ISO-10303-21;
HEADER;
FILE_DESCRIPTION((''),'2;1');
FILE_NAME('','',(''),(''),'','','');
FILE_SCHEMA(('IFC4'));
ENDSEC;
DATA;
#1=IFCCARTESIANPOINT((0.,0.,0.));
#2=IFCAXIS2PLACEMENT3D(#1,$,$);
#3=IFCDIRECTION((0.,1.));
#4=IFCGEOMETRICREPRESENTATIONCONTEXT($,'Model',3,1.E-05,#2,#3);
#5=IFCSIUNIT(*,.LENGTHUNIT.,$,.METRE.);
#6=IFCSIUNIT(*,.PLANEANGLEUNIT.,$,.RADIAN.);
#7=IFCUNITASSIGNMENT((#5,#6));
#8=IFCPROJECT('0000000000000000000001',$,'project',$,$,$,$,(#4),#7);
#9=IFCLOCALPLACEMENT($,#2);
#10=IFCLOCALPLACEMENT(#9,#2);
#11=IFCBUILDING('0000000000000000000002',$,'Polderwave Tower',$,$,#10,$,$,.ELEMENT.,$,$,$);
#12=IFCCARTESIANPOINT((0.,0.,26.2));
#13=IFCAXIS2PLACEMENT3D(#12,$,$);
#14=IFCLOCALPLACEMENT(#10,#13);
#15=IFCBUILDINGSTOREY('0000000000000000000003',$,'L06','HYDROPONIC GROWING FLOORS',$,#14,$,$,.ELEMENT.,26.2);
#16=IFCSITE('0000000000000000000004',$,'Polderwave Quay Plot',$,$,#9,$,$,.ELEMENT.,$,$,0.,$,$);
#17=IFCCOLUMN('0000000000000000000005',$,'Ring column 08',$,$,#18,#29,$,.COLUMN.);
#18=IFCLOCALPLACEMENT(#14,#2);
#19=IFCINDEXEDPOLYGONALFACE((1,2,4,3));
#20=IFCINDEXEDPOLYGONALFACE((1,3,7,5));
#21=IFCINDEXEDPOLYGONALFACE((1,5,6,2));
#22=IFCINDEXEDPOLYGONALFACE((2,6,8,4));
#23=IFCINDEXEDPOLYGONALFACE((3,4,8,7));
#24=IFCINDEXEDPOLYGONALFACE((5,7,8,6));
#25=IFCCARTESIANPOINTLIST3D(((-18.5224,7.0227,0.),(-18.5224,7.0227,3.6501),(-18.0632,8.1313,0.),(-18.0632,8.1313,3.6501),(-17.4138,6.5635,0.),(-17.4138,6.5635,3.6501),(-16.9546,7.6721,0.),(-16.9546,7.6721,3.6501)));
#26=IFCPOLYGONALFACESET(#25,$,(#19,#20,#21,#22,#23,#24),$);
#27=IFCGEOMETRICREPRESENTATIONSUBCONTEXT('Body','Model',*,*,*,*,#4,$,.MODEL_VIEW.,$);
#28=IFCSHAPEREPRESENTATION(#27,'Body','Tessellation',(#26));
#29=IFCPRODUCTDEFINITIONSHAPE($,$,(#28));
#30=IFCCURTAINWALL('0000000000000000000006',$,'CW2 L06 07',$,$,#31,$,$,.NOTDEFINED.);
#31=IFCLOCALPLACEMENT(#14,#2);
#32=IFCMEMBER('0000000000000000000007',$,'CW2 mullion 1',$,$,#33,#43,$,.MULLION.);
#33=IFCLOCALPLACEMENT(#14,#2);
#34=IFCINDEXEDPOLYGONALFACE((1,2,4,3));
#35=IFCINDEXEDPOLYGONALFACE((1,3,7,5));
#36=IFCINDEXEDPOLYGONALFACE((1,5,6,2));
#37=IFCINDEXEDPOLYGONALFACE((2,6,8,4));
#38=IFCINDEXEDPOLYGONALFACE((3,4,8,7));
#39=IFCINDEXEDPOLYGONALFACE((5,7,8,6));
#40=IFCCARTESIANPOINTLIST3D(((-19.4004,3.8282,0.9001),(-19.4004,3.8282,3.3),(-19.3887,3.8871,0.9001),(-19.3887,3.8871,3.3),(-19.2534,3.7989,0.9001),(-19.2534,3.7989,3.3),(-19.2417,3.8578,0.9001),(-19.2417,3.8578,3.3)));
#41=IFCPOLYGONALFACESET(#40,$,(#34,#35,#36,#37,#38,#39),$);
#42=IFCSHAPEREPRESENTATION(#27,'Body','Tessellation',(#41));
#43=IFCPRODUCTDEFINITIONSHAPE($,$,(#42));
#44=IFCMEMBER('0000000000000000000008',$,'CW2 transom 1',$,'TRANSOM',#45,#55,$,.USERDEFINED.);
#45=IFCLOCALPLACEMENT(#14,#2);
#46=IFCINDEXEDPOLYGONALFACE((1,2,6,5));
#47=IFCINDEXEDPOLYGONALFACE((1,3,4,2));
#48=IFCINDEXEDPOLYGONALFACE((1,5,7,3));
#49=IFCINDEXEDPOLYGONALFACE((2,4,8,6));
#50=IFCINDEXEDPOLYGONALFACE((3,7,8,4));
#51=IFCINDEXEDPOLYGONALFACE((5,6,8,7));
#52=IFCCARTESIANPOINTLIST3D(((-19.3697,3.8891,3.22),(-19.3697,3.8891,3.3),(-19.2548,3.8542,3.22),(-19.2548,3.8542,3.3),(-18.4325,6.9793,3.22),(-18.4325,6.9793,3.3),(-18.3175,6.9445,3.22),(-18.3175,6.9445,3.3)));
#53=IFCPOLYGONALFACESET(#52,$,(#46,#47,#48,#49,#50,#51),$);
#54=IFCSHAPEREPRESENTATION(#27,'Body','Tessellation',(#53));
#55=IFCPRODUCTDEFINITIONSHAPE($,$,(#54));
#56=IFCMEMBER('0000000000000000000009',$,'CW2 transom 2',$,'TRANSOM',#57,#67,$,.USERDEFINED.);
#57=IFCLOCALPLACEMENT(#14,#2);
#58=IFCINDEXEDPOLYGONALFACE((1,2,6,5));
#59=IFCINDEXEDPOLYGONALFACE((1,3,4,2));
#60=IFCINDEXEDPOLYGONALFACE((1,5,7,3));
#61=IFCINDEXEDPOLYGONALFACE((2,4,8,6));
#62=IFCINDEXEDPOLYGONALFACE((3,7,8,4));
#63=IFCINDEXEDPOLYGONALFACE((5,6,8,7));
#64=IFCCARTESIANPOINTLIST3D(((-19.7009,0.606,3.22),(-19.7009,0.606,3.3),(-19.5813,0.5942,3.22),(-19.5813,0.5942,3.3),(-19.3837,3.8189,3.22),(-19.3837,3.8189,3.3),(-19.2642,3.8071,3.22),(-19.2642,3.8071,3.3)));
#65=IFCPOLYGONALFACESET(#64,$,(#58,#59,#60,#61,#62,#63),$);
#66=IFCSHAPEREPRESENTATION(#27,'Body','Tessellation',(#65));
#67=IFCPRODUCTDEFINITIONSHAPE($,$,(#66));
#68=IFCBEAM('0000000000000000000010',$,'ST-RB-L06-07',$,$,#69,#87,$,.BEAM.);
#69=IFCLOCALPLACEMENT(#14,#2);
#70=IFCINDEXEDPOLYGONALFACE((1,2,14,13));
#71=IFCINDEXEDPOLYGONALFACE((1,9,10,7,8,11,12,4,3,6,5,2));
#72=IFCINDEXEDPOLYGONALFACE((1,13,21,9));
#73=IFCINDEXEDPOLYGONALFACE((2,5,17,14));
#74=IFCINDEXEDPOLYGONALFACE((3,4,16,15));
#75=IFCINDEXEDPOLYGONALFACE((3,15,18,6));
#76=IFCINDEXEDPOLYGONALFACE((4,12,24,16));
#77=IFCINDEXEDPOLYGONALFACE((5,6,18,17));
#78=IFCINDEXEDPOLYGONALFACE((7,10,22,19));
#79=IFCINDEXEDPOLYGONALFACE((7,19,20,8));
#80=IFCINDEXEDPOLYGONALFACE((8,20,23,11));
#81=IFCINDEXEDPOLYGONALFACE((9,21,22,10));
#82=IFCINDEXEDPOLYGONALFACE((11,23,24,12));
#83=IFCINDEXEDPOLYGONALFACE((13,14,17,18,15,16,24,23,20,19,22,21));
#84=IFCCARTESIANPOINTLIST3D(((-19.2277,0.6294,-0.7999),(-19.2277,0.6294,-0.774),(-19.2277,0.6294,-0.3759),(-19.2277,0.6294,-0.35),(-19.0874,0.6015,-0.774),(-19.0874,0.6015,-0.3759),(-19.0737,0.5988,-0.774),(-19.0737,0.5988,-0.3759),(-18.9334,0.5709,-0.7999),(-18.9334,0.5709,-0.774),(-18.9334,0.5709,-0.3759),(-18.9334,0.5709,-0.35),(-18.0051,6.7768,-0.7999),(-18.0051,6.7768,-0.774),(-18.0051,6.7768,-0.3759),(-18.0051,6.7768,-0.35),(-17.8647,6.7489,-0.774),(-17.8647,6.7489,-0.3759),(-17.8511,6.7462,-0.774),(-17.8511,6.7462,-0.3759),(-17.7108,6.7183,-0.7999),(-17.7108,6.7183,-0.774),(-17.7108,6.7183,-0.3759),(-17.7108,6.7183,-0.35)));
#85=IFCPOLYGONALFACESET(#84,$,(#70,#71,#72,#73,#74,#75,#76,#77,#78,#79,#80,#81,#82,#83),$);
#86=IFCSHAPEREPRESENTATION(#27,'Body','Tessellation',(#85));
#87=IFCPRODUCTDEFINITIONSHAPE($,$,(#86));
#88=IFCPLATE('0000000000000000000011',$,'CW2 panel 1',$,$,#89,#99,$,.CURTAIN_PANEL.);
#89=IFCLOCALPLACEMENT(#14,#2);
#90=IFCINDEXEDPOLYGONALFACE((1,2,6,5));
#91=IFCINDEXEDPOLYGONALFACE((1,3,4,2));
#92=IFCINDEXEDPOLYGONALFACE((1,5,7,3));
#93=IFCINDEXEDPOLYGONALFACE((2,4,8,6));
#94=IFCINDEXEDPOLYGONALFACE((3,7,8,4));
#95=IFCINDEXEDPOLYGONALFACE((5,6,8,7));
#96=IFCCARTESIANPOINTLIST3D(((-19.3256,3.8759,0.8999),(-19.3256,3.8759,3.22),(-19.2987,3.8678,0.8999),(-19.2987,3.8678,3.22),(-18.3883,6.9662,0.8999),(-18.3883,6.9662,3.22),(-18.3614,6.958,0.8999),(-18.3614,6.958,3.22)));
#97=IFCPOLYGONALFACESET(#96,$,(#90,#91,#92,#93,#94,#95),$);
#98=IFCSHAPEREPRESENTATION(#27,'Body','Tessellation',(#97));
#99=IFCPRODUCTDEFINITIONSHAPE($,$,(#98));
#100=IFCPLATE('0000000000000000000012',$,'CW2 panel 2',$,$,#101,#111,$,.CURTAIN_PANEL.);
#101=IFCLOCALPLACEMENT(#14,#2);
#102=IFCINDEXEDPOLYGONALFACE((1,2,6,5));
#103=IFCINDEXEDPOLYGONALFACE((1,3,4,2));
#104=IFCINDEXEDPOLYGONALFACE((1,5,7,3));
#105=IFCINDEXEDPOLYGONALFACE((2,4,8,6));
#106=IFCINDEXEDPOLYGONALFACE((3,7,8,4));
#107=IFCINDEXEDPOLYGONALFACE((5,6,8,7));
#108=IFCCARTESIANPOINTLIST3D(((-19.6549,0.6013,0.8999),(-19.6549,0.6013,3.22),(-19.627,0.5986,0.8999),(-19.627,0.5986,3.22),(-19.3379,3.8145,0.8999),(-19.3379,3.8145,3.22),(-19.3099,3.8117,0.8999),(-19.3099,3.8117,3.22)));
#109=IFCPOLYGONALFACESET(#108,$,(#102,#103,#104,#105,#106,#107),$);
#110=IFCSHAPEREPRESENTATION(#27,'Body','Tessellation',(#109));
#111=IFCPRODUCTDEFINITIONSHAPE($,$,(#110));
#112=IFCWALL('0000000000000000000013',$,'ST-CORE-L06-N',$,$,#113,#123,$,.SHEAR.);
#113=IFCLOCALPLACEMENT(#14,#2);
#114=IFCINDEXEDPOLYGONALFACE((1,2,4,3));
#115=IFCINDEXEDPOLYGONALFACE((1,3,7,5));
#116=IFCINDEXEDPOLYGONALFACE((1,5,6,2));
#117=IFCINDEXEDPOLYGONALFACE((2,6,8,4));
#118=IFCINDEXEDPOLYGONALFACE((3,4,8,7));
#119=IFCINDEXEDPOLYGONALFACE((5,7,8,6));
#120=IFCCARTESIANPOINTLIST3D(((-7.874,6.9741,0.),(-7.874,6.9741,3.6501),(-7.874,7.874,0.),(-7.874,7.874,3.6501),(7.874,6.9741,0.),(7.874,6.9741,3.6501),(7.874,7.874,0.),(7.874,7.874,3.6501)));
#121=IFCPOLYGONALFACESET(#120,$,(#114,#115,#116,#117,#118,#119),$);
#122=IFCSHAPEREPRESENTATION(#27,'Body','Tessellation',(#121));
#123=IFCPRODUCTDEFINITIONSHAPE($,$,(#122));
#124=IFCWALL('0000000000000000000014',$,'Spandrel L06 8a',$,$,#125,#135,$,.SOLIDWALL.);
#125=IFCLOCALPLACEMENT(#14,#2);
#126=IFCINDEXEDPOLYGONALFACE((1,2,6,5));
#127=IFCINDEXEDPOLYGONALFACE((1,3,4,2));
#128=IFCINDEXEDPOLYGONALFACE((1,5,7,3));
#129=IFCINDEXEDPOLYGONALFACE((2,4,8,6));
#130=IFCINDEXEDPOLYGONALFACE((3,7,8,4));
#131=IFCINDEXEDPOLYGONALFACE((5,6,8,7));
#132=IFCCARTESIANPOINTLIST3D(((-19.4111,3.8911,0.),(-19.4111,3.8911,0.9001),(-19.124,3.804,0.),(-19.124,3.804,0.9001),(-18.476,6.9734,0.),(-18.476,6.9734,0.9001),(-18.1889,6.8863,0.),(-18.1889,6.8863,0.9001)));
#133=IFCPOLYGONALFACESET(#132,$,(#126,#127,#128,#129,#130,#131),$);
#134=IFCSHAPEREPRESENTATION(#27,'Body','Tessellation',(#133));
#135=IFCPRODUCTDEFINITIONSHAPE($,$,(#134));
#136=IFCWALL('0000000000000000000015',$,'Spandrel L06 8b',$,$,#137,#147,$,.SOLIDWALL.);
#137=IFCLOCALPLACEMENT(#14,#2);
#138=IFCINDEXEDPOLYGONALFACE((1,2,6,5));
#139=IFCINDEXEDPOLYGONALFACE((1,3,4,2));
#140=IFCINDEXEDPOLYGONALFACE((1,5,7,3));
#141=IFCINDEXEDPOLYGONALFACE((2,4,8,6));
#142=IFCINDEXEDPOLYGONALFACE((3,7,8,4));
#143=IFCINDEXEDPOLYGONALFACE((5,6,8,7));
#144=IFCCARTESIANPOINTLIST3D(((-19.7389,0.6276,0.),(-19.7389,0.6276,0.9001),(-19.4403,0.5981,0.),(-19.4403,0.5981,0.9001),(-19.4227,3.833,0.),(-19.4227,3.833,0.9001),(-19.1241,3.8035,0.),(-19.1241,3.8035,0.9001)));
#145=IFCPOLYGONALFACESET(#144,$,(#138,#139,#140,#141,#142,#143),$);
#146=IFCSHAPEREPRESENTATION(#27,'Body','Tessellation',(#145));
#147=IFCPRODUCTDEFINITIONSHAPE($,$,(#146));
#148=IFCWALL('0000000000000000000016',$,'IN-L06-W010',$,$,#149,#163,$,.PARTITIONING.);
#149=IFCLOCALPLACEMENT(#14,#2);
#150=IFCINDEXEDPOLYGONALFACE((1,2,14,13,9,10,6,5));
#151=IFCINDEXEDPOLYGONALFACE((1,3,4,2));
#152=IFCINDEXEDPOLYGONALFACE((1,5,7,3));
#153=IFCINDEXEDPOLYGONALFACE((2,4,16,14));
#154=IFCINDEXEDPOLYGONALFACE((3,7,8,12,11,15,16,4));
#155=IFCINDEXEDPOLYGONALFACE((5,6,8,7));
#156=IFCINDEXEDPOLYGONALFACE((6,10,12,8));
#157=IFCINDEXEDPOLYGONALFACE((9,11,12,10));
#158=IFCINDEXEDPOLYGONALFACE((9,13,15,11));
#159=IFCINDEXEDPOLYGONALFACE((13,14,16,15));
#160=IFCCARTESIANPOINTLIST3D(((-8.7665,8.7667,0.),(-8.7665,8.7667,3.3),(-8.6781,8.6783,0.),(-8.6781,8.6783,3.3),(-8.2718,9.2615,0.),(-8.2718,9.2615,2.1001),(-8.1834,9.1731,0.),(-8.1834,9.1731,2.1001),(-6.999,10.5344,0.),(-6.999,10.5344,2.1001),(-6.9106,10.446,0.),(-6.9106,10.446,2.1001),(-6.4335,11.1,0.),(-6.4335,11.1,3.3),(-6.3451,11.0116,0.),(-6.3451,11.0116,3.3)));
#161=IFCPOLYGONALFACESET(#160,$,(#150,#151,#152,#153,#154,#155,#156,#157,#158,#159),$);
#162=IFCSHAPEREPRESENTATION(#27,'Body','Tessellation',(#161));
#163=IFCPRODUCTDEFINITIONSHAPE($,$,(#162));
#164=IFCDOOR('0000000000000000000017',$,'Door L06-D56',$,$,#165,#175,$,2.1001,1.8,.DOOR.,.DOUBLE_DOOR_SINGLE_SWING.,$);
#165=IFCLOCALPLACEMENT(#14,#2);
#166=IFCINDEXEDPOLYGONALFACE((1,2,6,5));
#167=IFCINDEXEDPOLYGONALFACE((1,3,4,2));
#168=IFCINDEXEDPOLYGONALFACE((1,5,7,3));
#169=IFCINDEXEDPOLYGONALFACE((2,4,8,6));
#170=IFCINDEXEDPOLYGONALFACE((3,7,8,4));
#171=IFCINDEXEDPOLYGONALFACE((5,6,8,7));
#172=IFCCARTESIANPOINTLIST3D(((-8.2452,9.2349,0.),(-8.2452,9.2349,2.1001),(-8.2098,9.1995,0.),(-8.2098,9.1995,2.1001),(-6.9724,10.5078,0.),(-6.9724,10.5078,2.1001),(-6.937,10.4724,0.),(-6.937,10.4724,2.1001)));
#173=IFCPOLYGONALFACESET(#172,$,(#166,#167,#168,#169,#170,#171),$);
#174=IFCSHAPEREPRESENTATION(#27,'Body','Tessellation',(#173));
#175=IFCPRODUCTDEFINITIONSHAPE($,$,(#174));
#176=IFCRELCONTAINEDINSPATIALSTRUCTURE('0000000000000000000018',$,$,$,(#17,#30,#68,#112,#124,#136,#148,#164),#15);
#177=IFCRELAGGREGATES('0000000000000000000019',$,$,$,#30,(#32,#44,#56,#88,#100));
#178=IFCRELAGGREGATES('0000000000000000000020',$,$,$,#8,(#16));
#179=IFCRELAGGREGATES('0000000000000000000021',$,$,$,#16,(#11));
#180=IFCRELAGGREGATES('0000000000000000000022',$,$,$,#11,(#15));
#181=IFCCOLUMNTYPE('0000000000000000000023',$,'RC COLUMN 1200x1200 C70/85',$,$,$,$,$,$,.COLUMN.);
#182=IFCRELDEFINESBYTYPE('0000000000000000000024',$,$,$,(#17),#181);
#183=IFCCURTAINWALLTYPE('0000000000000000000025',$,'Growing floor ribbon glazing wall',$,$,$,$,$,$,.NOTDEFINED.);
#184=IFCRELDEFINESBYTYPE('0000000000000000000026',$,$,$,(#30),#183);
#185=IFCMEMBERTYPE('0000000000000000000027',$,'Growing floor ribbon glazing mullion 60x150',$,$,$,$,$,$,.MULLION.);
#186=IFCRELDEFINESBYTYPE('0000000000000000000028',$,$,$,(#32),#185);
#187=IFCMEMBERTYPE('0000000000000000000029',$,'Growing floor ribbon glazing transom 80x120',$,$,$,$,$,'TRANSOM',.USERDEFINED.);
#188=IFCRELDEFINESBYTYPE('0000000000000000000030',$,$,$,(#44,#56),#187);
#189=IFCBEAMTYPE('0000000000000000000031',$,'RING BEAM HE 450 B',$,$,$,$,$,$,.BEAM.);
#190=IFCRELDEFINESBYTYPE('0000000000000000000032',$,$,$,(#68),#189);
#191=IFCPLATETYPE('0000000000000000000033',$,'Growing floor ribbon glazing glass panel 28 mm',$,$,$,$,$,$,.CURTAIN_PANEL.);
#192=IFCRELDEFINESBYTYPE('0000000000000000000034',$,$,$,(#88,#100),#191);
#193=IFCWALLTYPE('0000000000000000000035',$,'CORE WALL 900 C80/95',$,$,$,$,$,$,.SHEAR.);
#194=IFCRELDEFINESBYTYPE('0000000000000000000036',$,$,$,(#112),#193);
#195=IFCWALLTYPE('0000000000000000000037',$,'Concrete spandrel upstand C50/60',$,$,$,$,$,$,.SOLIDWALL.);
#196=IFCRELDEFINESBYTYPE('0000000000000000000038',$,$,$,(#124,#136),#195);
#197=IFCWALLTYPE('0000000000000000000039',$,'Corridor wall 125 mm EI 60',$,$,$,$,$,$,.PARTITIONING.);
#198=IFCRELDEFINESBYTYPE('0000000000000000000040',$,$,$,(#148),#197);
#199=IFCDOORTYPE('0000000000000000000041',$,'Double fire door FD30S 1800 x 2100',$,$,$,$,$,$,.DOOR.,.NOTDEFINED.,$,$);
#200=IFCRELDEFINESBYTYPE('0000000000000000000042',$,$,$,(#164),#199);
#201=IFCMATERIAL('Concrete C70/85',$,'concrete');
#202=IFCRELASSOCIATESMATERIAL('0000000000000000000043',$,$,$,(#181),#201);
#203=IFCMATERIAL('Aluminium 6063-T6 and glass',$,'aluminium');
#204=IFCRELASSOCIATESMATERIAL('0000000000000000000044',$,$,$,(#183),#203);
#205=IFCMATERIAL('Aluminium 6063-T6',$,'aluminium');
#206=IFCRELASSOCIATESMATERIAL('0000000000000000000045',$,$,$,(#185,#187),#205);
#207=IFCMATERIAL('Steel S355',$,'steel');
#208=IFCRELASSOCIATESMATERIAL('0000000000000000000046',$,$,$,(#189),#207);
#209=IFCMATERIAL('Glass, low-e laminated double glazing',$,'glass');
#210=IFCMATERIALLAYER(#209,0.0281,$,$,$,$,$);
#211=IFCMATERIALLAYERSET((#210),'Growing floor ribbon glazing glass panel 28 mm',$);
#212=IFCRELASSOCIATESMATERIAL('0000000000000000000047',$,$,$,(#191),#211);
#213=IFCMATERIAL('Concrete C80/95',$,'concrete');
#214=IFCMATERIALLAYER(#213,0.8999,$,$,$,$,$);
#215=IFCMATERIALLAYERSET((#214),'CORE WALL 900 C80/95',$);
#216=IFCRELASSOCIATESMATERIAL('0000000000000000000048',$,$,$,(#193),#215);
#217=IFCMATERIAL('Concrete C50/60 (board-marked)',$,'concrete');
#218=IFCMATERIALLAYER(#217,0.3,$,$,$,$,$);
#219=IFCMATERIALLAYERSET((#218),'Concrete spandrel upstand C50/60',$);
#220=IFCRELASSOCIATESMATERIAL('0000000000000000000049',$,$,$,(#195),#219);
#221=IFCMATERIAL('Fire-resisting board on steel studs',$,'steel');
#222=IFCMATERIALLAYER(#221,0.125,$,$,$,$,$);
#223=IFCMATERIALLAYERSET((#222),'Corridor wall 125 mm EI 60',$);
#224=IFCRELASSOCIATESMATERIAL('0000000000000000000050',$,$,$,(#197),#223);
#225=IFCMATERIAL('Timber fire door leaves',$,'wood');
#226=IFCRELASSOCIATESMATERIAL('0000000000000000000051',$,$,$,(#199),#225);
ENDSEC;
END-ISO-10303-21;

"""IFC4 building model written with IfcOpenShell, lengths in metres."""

from ifc_helpers import new_model, si_unit, direction, frame, frame_2d, origin, origin_2d, place, context, subcontext, project, spatial, rectangle, i_section, extrude, material, layer, layer_set, material_profile, profile_set, type_object, element, fill, aggregate, save


model = new_model("IFC4")

# Units and contexts
model_context = context("Model", 3, precision=1e-05, world=origin(), true_north=direction((0.0, 1.0)))
body_context = subcontext(model_context, "Body", "Model", "MODEL_VIEW")
ifc_project = project(units=[si_unit("LENGTHUNIT", "METRE"), si_unit("PLANEANGLEUNIT", "RADIAN")], contexts=[model_context])

# Site, building, storey
site_placement = place(None, origin())
site = spatial("IfcSite", under=ifc_project, at=site_placement, Name="Polderwave Quay Plot", CompositionType="ELEMENT", RefElevation=0.0)
building_placement = place(site_placement, origin())
building = spatial("IfcBuilding", under=site, at=building_placement, Name="Polderwave Tower", CompositionType="ELEMENT")
storey_placement = place(building_placement, frame((0.0, 0.0, 26.2)))
storey = spatial("IfcBuildingStorey", under=building, at=storey_placement, Name="L06", Description="HYDROPONIC GROWING FLOORS", CompositionType="ELEMENT", Elevation=26.2)

# Column
ifc_material_1 = material(Name="Concrete C70/85", Category="concrete")
ifc_material_profile_1 = material_profile(ifc_material_1, rectangle(XDim=1.2, YDim=1.2, at=origin_2d()), Name="RC 1200x1200")
ifc_profile_set_1 = profile_set([ifc_material_profile_1], Name="Concrete C70/85")
column_type = type_object("IfcColumnType", Name="RC COLUMN 1200x1200 C70/85", PredefinedType="COLUMN", material=ifc_profile_set_1)
column_placement = place(storey_placement, frame((-17.7385, 7.3474, 0.0), z_axis=(0.0, 0.0, 1.0), x_axis=(-0.92388, 0.382683, 0.0)))
element("IfcColumn", 1, at=column_placement, inside=storey, type_object=column_type, Name="Ring column 08", PredefinedType="COLUMN", context=body_context, shape_type="SweptSolid", body=[
    extrude(rectangle(XDim=1.2, YDim=1.2, at=origin_2d()), origin(), (0.0, 0.0, 1.0), 3.6501),
])

# Curtain wall, members
ifc_material_2 = material(Name="Aluminium 6063-T6 and glass", Category="aluminium")
curtain_wall_type = type_object("IfcCurtainWallType", Name="Growing floor ribbon glazing wall", PredefinedType="NOTDEFINED", material=ifc_material_2)
curtain_wall_placement = place(storey_placement, origin())
curtain_wall = element("IfcCurtainWall", 2, at=curtain_wall_placement, inside=storey, type_object=curtain_wall_type, Name="CW2 L06 07", PredefinedType="NOTDEFINED")
ifc_material_3 = material(Name="Aluminium 6063-T6", Category="aluminium")
ifc_material_profile_2 = material_profile(ifc_material_3, rectangle(XDim=0.1499, YDim=0.0601, at=origin_2d()), Name="AL 60x150")
ifc_profile_set_2 = profile_set([ifc_material_profile_2], Name="Aluminium 6063-T6")
member_type_1 = type_object("IfcMemberType", Name="Growing floor ribbon glazing mullion 60x150", PredefinedType="MULLION", material=ifc_profile_set_2)
member_1_placement = place(storey_placement, frame((-19.321, 3.843, 0.9001), z_axis=(0.0, 0.0, 1.0), x_axis=(0.980772, -0.195159, 0.0)))
member_1 = element("IfcMember", 3, at=member_1_placement, type_object=member_type_1, Name="CW2 mullion 1", PredefinedType="MULLION", context=body_context, shape_type="SweptSolid", body=[
    extrude(rectangle(XDim=0.1499, YDim=0.0601, at=origin_2d()), origin(), (0.0, 0.0, 1.0), 2.3999),
])
ifc_material_profile_3 = material_profile(ifc_material_3, rectangle(XDim=0.1201, YDim=0.0801, at=origin_2d()), Name="AL 80x120")
ifc_profile_set_3 = profile_set([ifc_material_profile_3], Name="Aluminium 6063-T6")
member_type_2 = type_object("IfcMemberType", Name="Growing floor ribbon glazing transom 80x120", ElementType="TRANSOM", PredefinedType="USERDEFINED", material=ifc_profile_set_3)
member_2_placement = place(storey_placement, frame((-18.375, 6.9619, 3.26), z_axis=(-0.290232, -0.956956, 0.0), x_axis=(0.956956, -0.290232, 0.0)))
member_2 = element("IfcMember", 4, at=member_2_placement, type_object=member_type_2, Name="CW2 transom 1", ObjectType="TRANSOM", PredefinedType="USERDEFINED", context=body_context, shape_type="SweptSolid", body=[
    extrude(rectangle(XDim=0.1201, YDim=0.0801, at=origin_2d()), origin(), (0.0, 0.0, 1.0), 3.2292),
])
member_3_placement = place(storey_placement, frame((-19.324, 3.813, 3.26), z_axis=(-0.098231, -0.995164, 0.0), x_axis=(0.995164, -0.098231, 0.0)))
member_3 = element("IfcMember", 5, at=member_3_placement, type_object=member_type_2, Name="CW2 transom 2", ObjectType="TRANSOM", PredefinedType="USERDEFINED", context=body_context, shape_type="SweptSolid", body=[
    extrude(rectangle(XDim=0.1201, YDim=0.0801, at=origin_2d()), origin(), (0.0, 0.0, 1.0), 3.2285),
])

# Beam
ifc_material_4 = material(Name="Steel S355", Category="steel")
ifc_material_profile_4 = material_profile(ifc_material_4, i_section(OverallWidth=0.3, OverallDepth=0.45, WebThickness=0.0139, FlangeThickness=0.0259, at=origin_2d()), Name="HE 450 B")
ifc_profile_set_4 = profile_set([ifc_material_profile_4], Name="Steel S355")
beam_type = type_object("IfcBeamType", Name="RING BEAM HE 450 B", PredefinedType="BEAM", material=ifc_profile_set_4)
beam_placement = place(storey_placement, frame((-17.8579, 6.7476, -0.575), z_axis=(-0.195067, -0.98079, 0.0), x_axis=(0.98079, -0.195067, 0.0)))
element("IfcBeam", 6, at=beam_placement, inside=storey, type_object=beam_type, Name="ST-RB-L06-07", PredefinedType="BEAM", context=body_context, shape_type="SweptSolid", body=[
    extrude(i_section(OverallWidth=0.3, OverallDepth=0.45, WebThickness=0.0139, FlangeThickness=0.0259, at=origin_2d()), origin(), (0.0, 0.0, 1.0), 6.2678),
])

# Plates
ifc_material_5 = material(Name="Glass, low-e laminated double glazing", Category="glass")
ifc_layer_1 = layer(ifc_material_5, 0.0281)
ifc_layer_set_1 = layer_set([ifc_layer_1], Name="Growing floor ribbon glazing glass panel 28 mm")
plate_type = type_object("IfcPlateType", Name="Growing floor ribbon glazing glass panel 28 mm", PredefinedType="CURTAIN_PANEL", material=ifc_layer_set_1)
plate_1_placement = place(storey_placement, frame((-18.8435, 5.417, 0.8999), z_axis=(0.0, 0.0, 1.0), x_axis=(-0.290246, -0.956952, 0.0)))
plate_1 = element("IfcPlate", 7, at=plate_1_placement, type_object=plate_type, Name="CW2 panel 1", PredefinedType="CURTAIN_PANEL", context=body_context, shape_type="SweptSolid", body=[
    extrude(rectangle(XDim=3.2292, YDim=0.0281, at=origin_2d()), origin(), (0.0, 0.0, 1.0), 2.3201),
])
plate_2_placement = place(storey_placement, frame((-19.4824, 2.2065, 0.8999), z_axis=(0.0, 0.0, 1.0), x_axis=(-0.098198, -0.995167, 0.0)))
plate_2 = element("IfcPlate", 8, at=plate_2_placement, type_object=plate_type, Name="CW2 panel 2", PredefinedType="CURTAIN_PANEL", context=body_context, shape_type="SweptSolid", body=[
    extrude(rectangle(XDim=3.2288, YDim=0.0281, at=origin_2d()), origin(), (0.0, 0.0, 1.0), 2.3201),
])
aggregate(curtain_wall, [member_1, member_2, member_3, plate_1, plate_2])

# Walls
ifc_material_6 = material(Name="Concrete C80/95", Category="concrete")
ifc_layer_2 = layer(ifc_material_6, 0.8999)
ifc_layer_set_2 = layer_set([ifc_layer_2], Name="CORE WALL 900 C80/95")
wall_type_1 = type_object("IfcWallType", Name="CORE WALL 900 C80/95", PredefinedType="SHEAR", material=ifc_layer_set_2)
wall_1_placement = place(storey_placement, frame((-7.874, 7.4241, 0.0), z_axis=(0.0, 0.0, 1.0), x_axis=(1.0, 0.0, 0.0)))
element("IfcWall", 9, at=wall_1_placement, inside=storey, type_object=wall_type_1, Name="ST-CORE-L06-N", PredefinedType="SHEAR", context=body_context, shape_type="SweptSolid", body=[
    extrude(rectangle(XDim=15.748, YDim=0.8999, at=frame_2d((7.874, 0.0))), origin(), (0.0, 0.0, 1.0), 3.6501),
])
ifc_material_7 = material(Name="Concrete C50/60 (board-marked)", Category="concrete")
ifc_layer_3 = layer(ifc_material_7, 0.3)
ifc_layer_set_3 = layer_set([ifc_layer_3], Name="Concrete spandrel upstand C50/60")
wall_type_2 = type_object("IfcWallType", Name="Concrete spandrel upstand C50/60", PredefinedType="SOLIDWALL", material=ifc_layer_set_3)
for number, where, z_axis, x_axis, name in (
    (10, (-18.3325, 6.9297, 0.0), (0.0, 0.0, 1.0), (-0.290302, -0.956935, 0.0), "Spandrel L06 8a"),
    (11, (-19.2734, 3.8181, 0.0), (0.0, 0.0, 1.0), (-0.09816, -0.995171, 0.0), "Spandrel L06 8b"),
):
    element("IfcWall", number, at=place(storey_placement, frame(where, z_axis=z_axis, x_axis=x_axis)), inside=storey, type_object=wall_type_2, Name=name, PredefinedType="SOLIDWALL", context=body_context, shape_type="SweptSolid", body=[
        extrude(rectangle(XDim=3.2209, YDim=0.3, at=frame_2d((1.6104, 0.0))), origin(), (0.0, 0.0, 1.0), 0.9001),
    ])

# Wall, opening, door
ifc_material_8 = material(Name="Fire-resisting board on steel studs", Category="steel")
ifc_layer_4 = layer(ifc_material_8, 0.125)
ifc_layer_set_4 = layer_set([ifc_layer_4], Name="Corridor wall 125 mm EI 60")
wall_type_3 = type_object("IfcWallType", Name="Corridor wall 125 mm EI 60", PredefinedType="PARTITIONING", material=ifc_layer_set_4)
wall_2_placement = place(storey_placement, frame((-8.7224, 8.7224, 0.0), z_axis=(0.0, 0.0, 1.0), x_axis=(0.70707, 0.707144, 0.0)))
wall_2 = element("IfcWall", 12, at=wall_2_placement, inside=storey, type_object=wall_type_3, Name="IN-L06-W010", PredefinedType="PARTITIONING", context=body_context, shape_type="SweptSolid", body=[
    extrude(rectangle(XDim=3.2996, YDim=0.125, at=frame_2d((1.6499, 0.0))), origin(), (0.0, 0.0, 1.0), 3.3),
])
opening_1_placement = place(wall_2_placement, frame((0.7, 0.0, 0.0)))
opening_1 = element("IfcOpeningElement", 13, at=opening_1_placement, cuts=wall_2, PredefinedType="OPENING", context=body_context, shape_type="SweptSolid", body=[
    extrude(rectangle(XDim=1.8, YDim=2.1001, at=frame_2d((0.8999, 1.05))), frame((0.0, 0.0725, 0.0), z_axis=(0.0, -1.0, 0.0), x_axis=(1.0, 0.0, 0.0)), (0.0, 0.0, 1.0), 0.145),
])
ifc_material_9 = material(Name="Timber fire door leaves", Category="wood")
door_type_1 = type_object("IfcDoorType", Name="Double fire door FD30S 1800 x 2100", OperationType="NOTDEFINED", PredefinedType="DOOR", material=ifc_material_9)
door_1_placement = place(opening_1_placement, origin())
door_1 = element("IfcDoor", 14, at=door_1_placement, inside=storey, type_object=door_type_1, Name="Door L06-D56", OperationType="DOUBLE_DOOR_SINGLE_SWING", OverallHeight=2.1001, OverallWidth=1.8, PredefinedType="DOOR", context=body_context, shape_type="SweptSolid", body=[
    extrude(rectangle(XDim=1.8, YDim=2.1001, at=frame_2d((0.8999, 1.05))), frame((0.0, 0.0249, 0.0), z_axis=(0.0, -1.0, 0.0), x_axis=(1.0, 0.0, 0.0)), (0.0, 0.0, 1.0), 0.05),
])
fill(opening_1, door_1)

save(model, "model.ifc")
